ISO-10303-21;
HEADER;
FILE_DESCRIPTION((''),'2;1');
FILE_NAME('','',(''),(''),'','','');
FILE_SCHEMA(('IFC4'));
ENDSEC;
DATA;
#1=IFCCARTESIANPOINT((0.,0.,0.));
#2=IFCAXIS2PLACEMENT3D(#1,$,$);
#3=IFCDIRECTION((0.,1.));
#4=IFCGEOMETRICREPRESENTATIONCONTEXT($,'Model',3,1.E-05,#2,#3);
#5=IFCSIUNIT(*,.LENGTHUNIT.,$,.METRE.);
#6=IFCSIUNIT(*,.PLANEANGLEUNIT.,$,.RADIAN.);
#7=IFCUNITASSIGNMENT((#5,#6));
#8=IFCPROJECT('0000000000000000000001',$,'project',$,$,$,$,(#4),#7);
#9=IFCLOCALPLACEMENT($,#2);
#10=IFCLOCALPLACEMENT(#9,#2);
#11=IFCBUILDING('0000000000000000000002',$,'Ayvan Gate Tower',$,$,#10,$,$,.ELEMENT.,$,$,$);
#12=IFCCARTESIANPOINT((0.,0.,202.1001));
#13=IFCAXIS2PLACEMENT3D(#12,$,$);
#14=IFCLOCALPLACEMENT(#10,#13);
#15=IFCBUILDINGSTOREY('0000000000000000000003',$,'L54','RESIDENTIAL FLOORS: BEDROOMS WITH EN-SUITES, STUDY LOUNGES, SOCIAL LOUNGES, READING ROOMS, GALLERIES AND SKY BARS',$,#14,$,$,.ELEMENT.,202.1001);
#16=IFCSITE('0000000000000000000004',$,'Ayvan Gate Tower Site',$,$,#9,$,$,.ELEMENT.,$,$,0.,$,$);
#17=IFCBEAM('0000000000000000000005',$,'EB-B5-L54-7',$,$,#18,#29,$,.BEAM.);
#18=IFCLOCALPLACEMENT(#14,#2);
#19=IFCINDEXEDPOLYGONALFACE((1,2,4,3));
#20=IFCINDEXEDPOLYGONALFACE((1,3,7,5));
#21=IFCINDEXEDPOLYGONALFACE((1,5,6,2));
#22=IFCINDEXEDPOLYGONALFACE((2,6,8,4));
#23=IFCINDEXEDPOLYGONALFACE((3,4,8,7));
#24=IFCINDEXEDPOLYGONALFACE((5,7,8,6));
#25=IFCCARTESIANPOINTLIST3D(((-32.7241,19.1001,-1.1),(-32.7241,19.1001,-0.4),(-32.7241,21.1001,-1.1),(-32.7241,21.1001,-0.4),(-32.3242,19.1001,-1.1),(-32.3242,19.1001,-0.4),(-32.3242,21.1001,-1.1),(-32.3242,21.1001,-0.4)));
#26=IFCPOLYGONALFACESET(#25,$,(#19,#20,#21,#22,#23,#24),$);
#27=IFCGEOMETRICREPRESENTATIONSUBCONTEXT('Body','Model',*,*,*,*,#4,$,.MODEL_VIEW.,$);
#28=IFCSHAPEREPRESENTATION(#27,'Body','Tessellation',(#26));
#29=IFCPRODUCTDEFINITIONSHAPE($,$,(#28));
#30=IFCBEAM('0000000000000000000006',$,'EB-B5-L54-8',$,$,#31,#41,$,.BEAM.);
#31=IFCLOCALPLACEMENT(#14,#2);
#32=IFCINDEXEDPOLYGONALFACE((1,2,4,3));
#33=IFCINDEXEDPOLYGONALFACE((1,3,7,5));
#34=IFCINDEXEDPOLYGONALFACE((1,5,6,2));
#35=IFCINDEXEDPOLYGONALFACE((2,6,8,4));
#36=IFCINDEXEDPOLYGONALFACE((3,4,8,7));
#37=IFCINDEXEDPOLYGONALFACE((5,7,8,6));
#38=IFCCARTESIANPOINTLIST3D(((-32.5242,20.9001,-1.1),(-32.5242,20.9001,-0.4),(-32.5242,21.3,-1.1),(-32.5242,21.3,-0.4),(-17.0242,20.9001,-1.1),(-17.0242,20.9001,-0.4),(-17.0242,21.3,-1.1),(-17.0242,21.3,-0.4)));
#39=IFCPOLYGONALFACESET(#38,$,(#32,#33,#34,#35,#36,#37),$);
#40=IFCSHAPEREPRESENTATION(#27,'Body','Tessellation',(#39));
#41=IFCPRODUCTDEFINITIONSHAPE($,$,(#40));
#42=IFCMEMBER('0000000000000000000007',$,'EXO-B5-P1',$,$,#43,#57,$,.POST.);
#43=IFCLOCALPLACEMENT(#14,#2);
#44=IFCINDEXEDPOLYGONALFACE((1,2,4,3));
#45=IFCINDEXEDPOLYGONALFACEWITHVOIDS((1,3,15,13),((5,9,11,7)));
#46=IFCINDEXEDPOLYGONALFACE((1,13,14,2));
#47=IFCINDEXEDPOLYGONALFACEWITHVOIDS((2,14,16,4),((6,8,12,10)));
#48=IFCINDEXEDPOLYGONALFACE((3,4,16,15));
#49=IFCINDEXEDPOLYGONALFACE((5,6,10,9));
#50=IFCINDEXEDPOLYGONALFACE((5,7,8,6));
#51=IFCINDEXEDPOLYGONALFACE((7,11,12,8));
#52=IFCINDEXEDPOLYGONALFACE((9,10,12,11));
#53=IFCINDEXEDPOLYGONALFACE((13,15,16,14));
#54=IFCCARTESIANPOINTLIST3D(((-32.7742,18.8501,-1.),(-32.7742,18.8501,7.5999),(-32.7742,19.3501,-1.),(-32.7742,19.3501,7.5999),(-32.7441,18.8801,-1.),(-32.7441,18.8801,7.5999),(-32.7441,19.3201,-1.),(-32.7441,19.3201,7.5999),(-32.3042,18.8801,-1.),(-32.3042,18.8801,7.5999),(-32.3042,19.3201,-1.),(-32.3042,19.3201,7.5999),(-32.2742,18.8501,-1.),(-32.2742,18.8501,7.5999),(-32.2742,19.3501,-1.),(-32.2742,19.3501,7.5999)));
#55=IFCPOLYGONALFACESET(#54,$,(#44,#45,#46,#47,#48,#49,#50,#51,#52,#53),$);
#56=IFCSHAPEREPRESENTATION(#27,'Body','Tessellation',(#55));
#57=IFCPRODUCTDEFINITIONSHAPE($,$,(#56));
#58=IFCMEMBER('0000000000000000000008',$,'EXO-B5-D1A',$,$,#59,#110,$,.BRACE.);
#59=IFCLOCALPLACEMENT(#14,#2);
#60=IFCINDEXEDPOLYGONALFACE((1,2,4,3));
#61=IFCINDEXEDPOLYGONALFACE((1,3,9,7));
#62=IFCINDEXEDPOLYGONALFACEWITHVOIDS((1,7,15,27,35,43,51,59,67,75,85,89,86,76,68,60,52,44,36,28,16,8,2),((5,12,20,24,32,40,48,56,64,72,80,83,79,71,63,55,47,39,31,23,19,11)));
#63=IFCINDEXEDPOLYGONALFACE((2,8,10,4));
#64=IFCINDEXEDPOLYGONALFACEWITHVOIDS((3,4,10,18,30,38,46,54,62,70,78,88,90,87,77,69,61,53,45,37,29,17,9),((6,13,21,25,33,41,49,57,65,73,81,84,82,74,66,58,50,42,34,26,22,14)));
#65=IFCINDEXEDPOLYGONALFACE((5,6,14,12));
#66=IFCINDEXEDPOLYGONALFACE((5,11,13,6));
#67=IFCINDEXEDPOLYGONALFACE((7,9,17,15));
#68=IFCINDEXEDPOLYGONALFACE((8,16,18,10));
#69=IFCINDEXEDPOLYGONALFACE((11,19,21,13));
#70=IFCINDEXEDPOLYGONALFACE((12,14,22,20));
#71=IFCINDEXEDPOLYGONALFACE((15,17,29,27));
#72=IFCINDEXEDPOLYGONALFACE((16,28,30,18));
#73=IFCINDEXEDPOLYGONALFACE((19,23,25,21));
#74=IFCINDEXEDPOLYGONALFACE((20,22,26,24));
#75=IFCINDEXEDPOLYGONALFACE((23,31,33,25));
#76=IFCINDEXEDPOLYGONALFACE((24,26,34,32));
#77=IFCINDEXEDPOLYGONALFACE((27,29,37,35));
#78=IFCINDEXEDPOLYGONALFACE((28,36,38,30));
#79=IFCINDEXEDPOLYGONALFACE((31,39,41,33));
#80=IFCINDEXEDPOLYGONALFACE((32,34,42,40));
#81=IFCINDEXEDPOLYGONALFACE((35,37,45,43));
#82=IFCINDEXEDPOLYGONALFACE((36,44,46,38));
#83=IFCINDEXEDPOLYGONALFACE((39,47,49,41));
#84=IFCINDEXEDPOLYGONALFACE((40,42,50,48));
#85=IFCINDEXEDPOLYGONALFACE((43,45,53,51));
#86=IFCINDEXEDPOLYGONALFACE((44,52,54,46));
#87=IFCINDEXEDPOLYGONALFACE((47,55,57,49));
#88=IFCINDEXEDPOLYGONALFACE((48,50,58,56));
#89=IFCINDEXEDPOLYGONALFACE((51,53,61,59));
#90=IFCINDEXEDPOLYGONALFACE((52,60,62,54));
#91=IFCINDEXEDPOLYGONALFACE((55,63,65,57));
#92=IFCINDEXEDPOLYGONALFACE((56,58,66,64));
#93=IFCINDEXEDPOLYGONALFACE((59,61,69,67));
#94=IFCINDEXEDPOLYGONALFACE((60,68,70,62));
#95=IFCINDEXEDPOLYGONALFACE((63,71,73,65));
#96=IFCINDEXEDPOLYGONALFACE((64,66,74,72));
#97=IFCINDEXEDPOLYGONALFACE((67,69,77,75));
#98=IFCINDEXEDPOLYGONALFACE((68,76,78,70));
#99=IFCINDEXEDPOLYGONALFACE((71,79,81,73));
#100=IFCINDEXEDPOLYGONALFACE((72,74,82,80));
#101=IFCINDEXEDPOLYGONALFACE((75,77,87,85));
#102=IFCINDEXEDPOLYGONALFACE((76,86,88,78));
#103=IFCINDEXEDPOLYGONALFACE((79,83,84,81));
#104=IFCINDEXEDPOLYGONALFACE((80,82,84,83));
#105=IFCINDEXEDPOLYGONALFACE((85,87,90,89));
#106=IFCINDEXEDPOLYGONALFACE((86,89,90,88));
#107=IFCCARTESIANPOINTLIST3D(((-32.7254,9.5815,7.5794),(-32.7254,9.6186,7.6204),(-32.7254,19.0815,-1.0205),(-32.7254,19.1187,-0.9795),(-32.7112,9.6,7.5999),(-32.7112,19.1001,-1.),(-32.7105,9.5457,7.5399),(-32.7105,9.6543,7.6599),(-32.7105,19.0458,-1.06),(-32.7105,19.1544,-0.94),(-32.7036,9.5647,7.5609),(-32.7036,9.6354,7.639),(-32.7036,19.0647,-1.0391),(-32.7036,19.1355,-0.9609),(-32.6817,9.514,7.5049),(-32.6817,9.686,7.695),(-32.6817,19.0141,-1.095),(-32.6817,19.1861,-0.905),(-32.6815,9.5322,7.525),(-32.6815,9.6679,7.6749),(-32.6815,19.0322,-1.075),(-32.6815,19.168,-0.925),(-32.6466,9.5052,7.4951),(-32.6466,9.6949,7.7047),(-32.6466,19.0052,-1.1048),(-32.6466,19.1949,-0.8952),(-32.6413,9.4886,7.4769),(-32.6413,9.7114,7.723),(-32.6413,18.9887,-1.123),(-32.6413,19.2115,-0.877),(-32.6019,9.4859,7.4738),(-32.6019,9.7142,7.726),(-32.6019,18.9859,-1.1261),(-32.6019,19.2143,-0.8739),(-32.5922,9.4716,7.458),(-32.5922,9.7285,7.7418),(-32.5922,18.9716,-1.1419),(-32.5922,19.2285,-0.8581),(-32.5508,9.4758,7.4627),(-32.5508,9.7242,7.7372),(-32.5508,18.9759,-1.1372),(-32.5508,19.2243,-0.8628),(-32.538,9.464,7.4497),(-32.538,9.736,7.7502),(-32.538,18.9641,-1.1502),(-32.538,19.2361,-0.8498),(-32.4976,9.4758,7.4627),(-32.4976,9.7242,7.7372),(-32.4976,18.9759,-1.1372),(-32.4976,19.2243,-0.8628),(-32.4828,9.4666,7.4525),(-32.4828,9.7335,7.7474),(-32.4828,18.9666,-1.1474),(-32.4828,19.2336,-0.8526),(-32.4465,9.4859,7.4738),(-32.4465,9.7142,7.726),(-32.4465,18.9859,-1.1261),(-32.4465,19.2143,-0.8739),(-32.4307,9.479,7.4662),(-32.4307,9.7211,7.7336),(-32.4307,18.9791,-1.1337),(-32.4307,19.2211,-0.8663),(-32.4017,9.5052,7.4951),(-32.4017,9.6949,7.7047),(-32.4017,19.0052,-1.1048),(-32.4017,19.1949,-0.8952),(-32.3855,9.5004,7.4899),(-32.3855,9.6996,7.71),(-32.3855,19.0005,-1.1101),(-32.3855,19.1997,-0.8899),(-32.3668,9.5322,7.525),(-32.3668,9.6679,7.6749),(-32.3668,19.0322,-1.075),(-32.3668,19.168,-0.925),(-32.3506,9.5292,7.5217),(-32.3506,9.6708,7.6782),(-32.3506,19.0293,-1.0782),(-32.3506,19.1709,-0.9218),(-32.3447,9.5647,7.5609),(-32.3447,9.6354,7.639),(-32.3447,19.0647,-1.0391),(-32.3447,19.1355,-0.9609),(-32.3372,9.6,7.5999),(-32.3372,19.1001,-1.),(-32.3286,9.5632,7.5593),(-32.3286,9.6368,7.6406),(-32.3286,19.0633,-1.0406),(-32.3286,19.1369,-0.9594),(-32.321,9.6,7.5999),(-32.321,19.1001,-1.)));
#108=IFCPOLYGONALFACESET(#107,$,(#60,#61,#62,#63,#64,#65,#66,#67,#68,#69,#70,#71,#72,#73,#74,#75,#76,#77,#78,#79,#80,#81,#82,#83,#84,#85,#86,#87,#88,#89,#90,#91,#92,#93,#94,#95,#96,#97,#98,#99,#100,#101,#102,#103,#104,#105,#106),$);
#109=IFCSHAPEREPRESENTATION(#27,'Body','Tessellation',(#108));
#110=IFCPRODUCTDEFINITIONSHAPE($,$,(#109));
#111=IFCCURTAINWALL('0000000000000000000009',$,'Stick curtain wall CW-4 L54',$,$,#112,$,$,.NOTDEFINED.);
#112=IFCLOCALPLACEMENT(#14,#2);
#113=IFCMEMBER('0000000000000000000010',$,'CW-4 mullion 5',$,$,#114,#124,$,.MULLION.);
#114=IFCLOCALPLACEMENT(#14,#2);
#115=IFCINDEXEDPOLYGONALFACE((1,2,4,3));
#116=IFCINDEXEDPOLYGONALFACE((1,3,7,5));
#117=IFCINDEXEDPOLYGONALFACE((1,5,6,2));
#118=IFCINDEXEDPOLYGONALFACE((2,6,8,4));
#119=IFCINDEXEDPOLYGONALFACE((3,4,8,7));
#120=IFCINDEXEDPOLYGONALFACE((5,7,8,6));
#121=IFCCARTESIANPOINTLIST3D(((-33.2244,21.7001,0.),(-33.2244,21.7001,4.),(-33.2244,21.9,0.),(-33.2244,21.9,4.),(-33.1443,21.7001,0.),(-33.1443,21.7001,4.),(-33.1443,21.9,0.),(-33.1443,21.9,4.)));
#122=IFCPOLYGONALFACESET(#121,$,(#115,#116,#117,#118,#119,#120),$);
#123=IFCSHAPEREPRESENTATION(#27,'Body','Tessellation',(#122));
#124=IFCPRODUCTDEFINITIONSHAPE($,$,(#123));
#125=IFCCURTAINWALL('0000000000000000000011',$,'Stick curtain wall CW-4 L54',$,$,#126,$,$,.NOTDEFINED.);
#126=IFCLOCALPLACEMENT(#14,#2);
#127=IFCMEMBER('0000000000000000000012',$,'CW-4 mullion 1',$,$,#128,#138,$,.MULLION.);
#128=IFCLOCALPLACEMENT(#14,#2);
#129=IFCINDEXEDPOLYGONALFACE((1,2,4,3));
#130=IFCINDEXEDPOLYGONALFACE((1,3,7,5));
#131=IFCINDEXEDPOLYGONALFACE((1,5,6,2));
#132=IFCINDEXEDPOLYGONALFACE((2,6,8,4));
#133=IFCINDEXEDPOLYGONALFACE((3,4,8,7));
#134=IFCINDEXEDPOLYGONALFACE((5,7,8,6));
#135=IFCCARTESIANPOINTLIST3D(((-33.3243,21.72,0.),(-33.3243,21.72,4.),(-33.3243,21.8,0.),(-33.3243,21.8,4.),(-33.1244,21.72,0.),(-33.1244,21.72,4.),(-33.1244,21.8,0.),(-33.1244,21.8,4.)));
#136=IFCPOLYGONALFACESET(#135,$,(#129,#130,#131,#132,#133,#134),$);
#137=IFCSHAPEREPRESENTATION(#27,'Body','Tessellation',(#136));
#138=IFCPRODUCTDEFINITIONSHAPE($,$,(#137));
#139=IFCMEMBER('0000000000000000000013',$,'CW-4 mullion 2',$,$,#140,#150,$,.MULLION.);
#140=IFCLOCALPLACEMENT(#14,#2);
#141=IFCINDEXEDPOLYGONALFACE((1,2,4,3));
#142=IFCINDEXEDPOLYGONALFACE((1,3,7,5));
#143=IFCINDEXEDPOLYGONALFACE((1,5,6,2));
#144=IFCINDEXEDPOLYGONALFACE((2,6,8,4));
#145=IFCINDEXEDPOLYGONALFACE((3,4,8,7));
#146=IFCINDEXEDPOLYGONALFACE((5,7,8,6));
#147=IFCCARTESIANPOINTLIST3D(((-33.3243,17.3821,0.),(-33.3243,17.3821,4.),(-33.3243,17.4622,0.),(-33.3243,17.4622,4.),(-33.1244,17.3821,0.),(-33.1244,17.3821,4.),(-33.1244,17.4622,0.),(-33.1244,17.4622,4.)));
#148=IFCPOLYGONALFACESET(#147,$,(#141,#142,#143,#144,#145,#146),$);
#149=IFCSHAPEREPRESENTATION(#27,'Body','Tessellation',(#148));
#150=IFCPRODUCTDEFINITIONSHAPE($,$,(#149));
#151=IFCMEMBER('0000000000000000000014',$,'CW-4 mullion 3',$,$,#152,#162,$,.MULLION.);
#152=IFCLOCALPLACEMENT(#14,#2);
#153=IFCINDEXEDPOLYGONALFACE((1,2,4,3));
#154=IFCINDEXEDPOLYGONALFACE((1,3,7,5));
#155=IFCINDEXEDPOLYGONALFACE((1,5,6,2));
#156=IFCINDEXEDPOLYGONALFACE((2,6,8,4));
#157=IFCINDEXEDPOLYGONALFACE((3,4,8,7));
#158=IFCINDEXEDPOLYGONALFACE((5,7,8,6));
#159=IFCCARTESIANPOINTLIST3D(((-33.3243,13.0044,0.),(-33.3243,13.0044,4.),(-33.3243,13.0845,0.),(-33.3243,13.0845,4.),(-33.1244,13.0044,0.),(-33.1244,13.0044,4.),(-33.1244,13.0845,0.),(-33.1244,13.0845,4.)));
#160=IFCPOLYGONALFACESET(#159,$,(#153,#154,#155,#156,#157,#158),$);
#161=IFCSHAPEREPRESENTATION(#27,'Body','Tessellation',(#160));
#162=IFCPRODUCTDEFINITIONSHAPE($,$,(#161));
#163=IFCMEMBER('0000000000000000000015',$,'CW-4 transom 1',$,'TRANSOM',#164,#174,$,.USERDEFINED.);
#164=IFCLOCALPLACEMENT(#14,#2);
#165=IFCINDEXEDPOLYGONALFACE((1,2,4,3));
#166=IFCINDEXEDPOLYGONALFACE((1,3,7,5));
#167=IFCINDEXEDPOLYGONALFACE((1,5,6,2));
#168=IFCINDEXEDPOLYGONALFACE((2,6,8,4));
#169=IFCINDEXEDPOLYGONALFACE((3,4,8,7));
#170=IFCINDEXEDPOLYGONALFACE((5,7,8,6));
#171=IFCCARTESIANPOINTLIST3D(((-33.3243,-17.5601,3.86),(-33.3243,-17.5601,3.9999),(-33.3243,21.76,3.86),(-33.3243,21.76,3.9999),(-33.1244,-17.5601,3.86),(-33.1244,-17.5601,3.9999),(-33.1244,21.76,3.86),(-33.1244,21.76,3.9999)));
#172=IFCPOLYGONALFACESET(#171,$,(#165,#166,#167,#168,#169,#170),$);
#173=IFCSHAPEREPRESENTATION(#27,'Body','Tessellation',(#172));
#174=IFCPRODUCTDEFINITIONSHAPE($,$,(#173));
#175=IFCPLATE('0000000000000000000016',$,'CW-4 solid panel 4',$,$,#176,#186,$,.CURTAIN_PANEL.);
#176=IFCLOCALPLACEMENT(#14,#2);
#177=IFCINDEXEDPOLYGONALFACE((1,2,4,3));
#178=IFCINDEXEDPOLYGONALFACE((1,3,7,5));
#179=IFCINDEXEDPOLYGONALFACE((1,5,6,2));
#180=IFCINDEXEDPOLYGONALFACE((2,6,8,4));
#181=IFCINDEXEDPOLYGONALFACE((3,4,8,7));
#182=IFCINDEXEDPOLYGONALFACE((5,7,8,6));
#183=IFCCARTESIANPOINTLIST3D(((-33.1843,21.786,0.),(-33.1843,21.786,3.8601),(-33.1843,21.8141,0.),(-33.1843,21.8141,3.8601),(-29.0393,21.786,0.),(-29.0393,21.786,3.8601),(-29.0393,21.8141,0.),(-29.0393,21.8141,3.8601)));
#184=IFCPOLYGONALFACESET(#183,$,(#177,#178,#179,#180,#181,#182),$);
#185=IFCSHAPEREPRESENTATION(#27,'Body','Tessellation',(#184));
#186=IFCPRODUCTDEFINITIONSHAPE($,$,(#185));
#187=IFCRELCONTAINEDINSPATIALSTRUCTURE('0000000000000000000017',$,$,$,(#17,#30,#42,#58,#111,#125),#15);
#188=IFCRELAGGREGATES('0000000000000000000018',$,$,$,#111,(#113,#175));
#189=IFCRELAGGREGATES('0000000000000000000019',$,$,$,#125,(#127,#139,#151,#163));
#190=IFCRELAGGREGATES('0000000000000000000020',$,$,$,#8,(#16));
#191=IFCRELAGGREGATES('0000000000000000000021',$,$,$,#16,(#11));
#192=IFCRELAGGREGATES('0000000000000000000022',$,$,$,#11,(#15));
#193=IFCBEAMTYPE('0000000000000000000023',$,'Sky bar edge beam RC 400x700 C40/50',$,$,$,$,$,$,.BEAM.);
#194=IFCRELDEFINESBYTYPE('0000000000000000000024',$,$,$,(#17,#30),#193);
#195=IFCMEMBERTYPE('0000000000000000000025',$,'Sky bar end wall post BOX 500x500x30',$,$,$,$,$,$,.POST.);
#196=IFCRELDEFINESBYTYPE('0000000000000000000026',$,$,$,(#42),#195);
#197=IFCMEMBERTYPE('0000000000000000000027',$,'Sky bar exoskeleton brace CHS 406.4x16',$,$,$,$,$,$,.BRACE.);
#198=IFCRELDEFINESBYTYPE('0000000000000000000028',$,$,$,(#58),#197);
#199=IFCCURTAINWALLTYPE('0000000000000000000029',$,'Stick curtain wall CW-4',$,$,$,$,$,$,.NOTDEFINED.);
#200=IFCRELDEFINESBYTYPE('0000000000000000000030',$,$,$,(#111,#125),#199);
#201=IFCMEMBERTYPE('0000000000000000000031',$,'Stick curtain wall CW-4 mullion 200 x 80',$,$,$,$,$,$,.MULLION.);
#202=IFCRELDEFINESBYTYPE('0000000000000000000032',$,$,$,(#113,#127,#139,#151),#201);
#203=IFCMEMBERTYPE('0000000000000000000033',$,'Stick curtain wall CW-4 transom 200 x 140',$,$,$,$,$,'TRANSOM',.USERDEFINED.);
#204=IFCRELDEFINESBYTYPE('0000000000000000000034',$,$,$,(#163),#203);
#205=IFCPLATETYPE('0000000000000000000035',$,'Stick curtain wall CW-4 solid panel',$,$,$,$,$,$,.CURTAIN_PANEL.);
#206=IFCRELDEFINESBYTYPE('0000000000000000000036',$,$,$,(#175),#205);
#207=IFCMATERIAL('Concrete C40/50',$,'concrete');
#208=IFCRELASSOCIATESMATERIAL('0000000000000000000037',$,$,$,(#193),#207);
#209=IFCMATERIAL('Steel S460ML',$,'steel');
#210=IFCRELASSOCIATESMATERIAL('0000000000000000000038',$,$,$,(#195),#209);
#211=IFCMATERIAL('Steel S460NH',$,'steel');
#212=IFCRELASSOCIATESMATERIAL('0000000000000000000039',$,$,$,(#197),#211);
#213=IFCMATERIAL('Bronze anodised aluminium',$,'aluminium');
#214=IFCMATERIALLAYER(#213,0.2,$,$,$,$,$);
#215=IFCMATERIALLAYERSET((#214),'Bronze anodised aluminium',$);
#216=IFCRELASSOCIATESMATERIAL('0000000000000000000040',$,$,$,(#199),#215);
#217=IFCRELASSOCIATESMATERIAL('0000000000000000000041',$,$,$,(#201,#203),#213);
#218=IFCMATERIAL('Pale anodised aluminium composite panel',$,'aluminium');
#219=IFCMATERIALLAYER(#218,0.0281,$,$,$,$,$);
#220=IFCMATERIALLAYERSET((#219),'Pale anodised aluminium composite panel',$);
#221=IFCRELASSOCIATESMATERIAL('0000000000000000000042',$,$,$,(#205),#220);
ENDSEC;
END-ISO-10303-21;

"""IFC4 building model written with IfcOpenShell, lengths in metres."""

from ifc_helpers import new_model, si_unit, direction, frame, origin, origin_2d, place, context, subcontext, project, spatial, rectangle, hollow_rectangle, hollow_circle, extrude, material, layer, layer_set, material_profile, profile_set, type_object, element, aggregate, save


model = new_model("IFC4")

# Units and contexts
model_context = context("Model", 3, precision=1e-05, world=origin(), true_north=direction((0.0, 1.0)))
body_context = subcontext(model_context, "Body", "Model", "MODEL_VIEW")
ifc_project = project(units=[si_unit("LENGTHUNIT", "METRE"), si_unit("PLANEANGLEUNIT", "RADIAN")], contexts=[model_context])

# Site, building, storey
site_placement = place(None, origin())
site = spatial("IfcSite", under=ifc_project, at=site_placement, Name="Ayvan Gate Tower Site", CompositionType="ELEMENT", RefElevation=0.0)
building_placement = place(site_placement, origin())
building = spatial("IfcBuilding", under=site, at=building_placement, Name="Ayvan Gate Tower", CompositionType="ELEMENT")
storey_placement = place(building_placement, frame((0.0, 0.0, 202.1001)))
storey = spatial("IfcBuildingStorey", under=building, at=storey_placement, Name="L54", Description="RESIDENTIAL FLOORS: BEDROOMS WITH EN-SUITES, STUDY LOUNGES, SOCIAL LOUNGES, READING ROOMS, GALLERIES AND SKY BARS", CompositionType="ELEMENT", Elevation=202.1001)

# Beams
ifc_material_1 = material(Name="Concrete C40/50", Category="concrete")
ifc_material_profile_1 = material_profile(ifc_material_1, rectangle(XDim=0.3999, YDim=0.7, at=origin_2d()), Name="RC 400x700")
ifc_profile_set_1 = profile_set([ifc_material_profile_1], Name="Concrete C40/50")
beam_type = type_object("IfcBeamType", Name="Sky bar edge beam RC 400x700 C40/50", PredefinedType="BEAM", material=ifc_profile_set_1)
beam_1_placement = place(storey_placement, frame((-32.5242, 19.1001, -0.75), z_axis=(0.0, 1.0, 0.0), x_axis=(-1.0, 0.0, 0.0)))
element("IfcBeam", 1, at=beam_1_placement, inside=storey, type_object=beam_type, Name="EB-B5-L54-7", PredefinedType="BEAM", context=body_context, shape_type="SweptSolid", body=[
    extrude(rectangle(XDim=0.3999, YDim=0.7, at=origin_2d()), origin(), (0.0, 0.0, 1.0), 2.0),
])
beam_2_placement = place(storey_placement, frame((-32.5242, 21.1001, -0.75), z_axis=(1.0, 0.0, 0.0), x_axis=(0.0, 1.0, 0.0)))
element("IfcBeam", 2, at=beam_2_placement, inside=storey, type_object=beam_type, Name="EB-B5-L54-8", PredefinedType="BEAM", context=body_context, shape_type="SweptSolid", body=[
    extrude(rectangle(XDim=0.3999, YDim=0.7, at=origin_2d()), origin(), (0.0, 0.0, 1.0), 15.5),
])

# Members
ifc_material_2 = material(Name="Steel S460ML", Category="steel")
ifc_material_profile_2 = material_profile(ifc_material_2, hollow_rectangle(XDim=0.5, YDim=0.5, WallThickness=0.03, at=origin_2d()), Name="BOX 500x500x30")
ifc_profile_set_2 = profile_set([ifc_material_profile_2], Name="Steel S460ML")
member_type_1 = type_object("IfcMemberType", Name="Sky bar end wall post BOX 500x500x30", PredefinedType="POST", material=ifc_profile_set_2)
member_1_placement = place(storey_placement, frame((-32.5242, 19.1001, -1.0), z_axis=(0.0, 0.0, 1.0), x_axis=(1.0, 0.0, 0.0)))
element("IfcMember", 3, at=member_1_placement, inside=storey, type_object=member_type_1, Name="EXO-B5-P1", PredefinedType="POST", context=body_context, shape_type="SweptSolid", body=[
    extrude(hollow_rectangle(XDim=0.5, YDim=0.5, WallThickness=0.03, at=origin_2d()), origin(), (0.0, 0.0, 1.0), 8.5999),
])
ifc_material_3 = material(Name="Steel S460NH", Category="steel")
ifc_material_profile_3 = material_profile(ifc_material_3, hollow_circle(Radius=0.2031, WallThickness=0.0161, at=origin_2d()), Name="CHS 406.4x16")
ifc_profile_set_3 = profile_set([ifc_material_profile_3], Name="Steel S460NH")
member_type_2 = type_object("IfcMemberType", Name="Sky bar exoskeleton brace CHS 406.4x16", PredefinedType="BRACE", material=ifc_profile_set_3)
member_2_placement = place(storey_placement, frame((-32.5242, 19.1001, -1.0), z_axis=(0.0, -0.741357, 0.671111), x_axis=(1.0, 0.0, 0.0)))
element("IfcMember", 4, at=member_2_placement, inside=storey, type_object=member_type_2, Name="EXO-B5-D1A", PredefinedType="BRACE", context=body_context, shape_type="SweptSolid", body=[
    extrude(hollow_circle(Radius=0.2031, WallThickness=0.0161, at=origin_2d()), origin(), (0.0, 0.0, 1.0), 12.8145),
])

# Curtain wall, member
ifc_material_4 = material(Name="Bronze anodised aluminium", Category="aluminium")
ifc_layer_1 = layer(ifc_material_4, 0.2)
ifc_layer_set_1 = layer_set([ifc_layer_1], Name="Bronze anodised aluminium")
curtain_wall_type = type_object("IfcCurtainWallType", Name="Stick curtain wall CW-4", PredefinedType="NOTDEFINED", material=ifc_layer_set_1)
curtain_wall_1_placement = place(storey_placement, origin())
curtain_wall_1 = element("IfcCurtainWall", 5, at=curtain_wall_1_placement, inside=storey, type_object=curtain_wall_type, Name="Stick curtain wall CW-4 L54", PredefinedType="NOTDEFINED")
ifc_material_profile_4 = material_profile(ifc_material_4, rectangle(XDim=0.2, YDim=0.0801, at=origin_2d()), Name="Stick curtain wall CW-4 mullion 200 x 80")
ifc_profile_set_4 = profile_set([ifc_material_profile_4], Name="Bronze anodised aluminium")
member_type_3 = type_object("IfcMemberType", Name="Stick curtain wall CW-4 mullion 200 x 80", PredefinedType="MULLION", material=ifc_profile_set_4)
member_3_placement = place(storey_placement, frame((-33.1843, 21.8, 0.0), z_axis=(0.0, 0.0, 1.0), x_axis=(0.0, 1.0, 0.0)))
member_3 = element("IfcMember", 6, at=member_3_placement, type_object=member_type_3, Name="CW-4 mullion 5", PredefinedType="MULLION", context=body_context, shape_type="SweptSolid", body=[
    extrude(rectangle(XDim=0.2, YDim=0.0801, at=origin_2d()), origin(), (0.0, 0.0, 1.0), 4.0),
])

# Curtain wall, members
curtain_wall_2_placement = place(storey_placement, origin())
curtain_wall_2 = element("IfcCurtainWall", 7, at=curtain_wall_2_placement, inside=storey, type_object=curtain_wall_type, Name="Stick curtain wall CW-4 L54", PredefinedType="NOTDEFINED")
member_4_placement = place(storey_placement, frame((-33.2244, 21.76, 0.0), z_axis=(0.0, 0.0, 1.0), x_axis=(-1.0, 0.0, 0.0)))
member_4 = element("IfcMember", 8, at=member_4_placement, type_object=member_type_3, Name="CW-4 mullion 1", PredefinedType="MULLION", context=body_context, shape_type="SweptSolid", body=[
    extrude(rectangle(XDim=0.2, YDim=0.0801, at=origin_2d()), origin(), (0.0, 0.0, 1.0), 4.0),
])
member_5_placement = place(storey_placement, frame((-33.2244, 17.4221, 0.0), z_axis=(0.0, 0.0, 1.0), x_axis=(-1.0, 0.0, 0.0)))
member_5 = element("IfcMember", 9, at=member_5_placement, type_object=member_type_3, Name="CW-4 mullion 2", PredefinedType="MULLION", context=body_context, shape_type="SweptSolid", body=[
    extrude(rectangle(XDim=0.2, YDim=0.0801, at=origin_2d()), origin(), (0.0, 0.0, 1.0), 4.0),
])
member_6_placement = place(storey_placement, frame((-33.2244, 13.0444, 0.0), z_axis=(0.0, 0.0, 1.0), x_axis=(-1.0, 0.0, 0.0)))
member_6 = element("IfcMember", 10, at=member_6_placement, type_object=member_type_3, Name="CW-4 mullion 3", PredefinedType="MULLION", context=body_context, shape_type="SweptSolid", body=[
    extrude(rectangle(XDim=0.2, YDim=0.0801, at=origin_2d()), origin(), (0.0, 0.0, 1.0), 4.0),
])
ifc_material_profile_5 = material_profile(ifc_material_4, rectangle(XDim=0.2, YDim=0.1399, at=origin_2d()), Name="Stick curtain wall CW-4 transom 200 x 140")
ifc_profile_set_5 = profile_set([ifc_material_profile_5], Name="Bronze anodised aluminium")
member_type_4 = type_object("IfcMemberType", Name="Stick curtain wall CW-4 transom 200 x 140", ElementType="TRANSOM", PredefinedType="USERDEFINED", material=ifc_profile_set_5)
member_7_placement = place(storey_placement, frame((-33.2244, 21.76, 3.9299), z_axis=(0.0, -1.0, 0.0), x_axis=(1.0, 0.0, 0.0)))
member_7 = element("IfcMember", 11, at=member_7_placement, type_object=member_type_4, Name="CW-4 transom 1", ObjectType="TRANSOM", PredefinedType="USERDEFINED", context=body_context, shape_type="SweptSolid", body=[
    extrude(rectangle(XDim=0.2, YDim=0.1399, at=origin_2d()), origin(), (0.0, 0.0, 1.0), 39.3201),
])

# Plate
ifc_material_5 = material(Name="Pale anodised aluminium composite panel", Category="aluminium")
ifc_layer_2 = layer(ifc_material_5, 0.0281)
ifc_layer_set_2 = layer_set([ifc_layer_2], Name="Pale anodised aluminium composite panel")
plate_type = type_object("IfcPlateType", Name="Stick curtain wall CW-4 solid panel", PredefinedType="CURTAIN_PANEL", material=ifc_layer_set_2)
plate_1_placement = place(storey_placement, frame((-31.1118, 21.8, 0.0), z_axis=(0.0, 0.0, 1.0), x_axis=(-1.0, 0.0, 0.0)))
plate_1 = element("IfcPlate", 12, at=plate_1_placement, type_object=plate_type, Name="CW-4 solid panel 4", PredefinedType="CURTAIN_PANEL", context=body_context, shape_type="SweptSolid", body=[
    extrude(rectangle(XDim=4.145, YDim=0.0281, at=origin_2d()), origin(), (0.0, 0.0, 1.0), 3.8601),
])
aggregate(curtain_wall_1, [member_3, plate_1])
aggregate(curtain_wall_2, [member_4, member_5, member_6, member_7])

save(model, "model.ifc")
